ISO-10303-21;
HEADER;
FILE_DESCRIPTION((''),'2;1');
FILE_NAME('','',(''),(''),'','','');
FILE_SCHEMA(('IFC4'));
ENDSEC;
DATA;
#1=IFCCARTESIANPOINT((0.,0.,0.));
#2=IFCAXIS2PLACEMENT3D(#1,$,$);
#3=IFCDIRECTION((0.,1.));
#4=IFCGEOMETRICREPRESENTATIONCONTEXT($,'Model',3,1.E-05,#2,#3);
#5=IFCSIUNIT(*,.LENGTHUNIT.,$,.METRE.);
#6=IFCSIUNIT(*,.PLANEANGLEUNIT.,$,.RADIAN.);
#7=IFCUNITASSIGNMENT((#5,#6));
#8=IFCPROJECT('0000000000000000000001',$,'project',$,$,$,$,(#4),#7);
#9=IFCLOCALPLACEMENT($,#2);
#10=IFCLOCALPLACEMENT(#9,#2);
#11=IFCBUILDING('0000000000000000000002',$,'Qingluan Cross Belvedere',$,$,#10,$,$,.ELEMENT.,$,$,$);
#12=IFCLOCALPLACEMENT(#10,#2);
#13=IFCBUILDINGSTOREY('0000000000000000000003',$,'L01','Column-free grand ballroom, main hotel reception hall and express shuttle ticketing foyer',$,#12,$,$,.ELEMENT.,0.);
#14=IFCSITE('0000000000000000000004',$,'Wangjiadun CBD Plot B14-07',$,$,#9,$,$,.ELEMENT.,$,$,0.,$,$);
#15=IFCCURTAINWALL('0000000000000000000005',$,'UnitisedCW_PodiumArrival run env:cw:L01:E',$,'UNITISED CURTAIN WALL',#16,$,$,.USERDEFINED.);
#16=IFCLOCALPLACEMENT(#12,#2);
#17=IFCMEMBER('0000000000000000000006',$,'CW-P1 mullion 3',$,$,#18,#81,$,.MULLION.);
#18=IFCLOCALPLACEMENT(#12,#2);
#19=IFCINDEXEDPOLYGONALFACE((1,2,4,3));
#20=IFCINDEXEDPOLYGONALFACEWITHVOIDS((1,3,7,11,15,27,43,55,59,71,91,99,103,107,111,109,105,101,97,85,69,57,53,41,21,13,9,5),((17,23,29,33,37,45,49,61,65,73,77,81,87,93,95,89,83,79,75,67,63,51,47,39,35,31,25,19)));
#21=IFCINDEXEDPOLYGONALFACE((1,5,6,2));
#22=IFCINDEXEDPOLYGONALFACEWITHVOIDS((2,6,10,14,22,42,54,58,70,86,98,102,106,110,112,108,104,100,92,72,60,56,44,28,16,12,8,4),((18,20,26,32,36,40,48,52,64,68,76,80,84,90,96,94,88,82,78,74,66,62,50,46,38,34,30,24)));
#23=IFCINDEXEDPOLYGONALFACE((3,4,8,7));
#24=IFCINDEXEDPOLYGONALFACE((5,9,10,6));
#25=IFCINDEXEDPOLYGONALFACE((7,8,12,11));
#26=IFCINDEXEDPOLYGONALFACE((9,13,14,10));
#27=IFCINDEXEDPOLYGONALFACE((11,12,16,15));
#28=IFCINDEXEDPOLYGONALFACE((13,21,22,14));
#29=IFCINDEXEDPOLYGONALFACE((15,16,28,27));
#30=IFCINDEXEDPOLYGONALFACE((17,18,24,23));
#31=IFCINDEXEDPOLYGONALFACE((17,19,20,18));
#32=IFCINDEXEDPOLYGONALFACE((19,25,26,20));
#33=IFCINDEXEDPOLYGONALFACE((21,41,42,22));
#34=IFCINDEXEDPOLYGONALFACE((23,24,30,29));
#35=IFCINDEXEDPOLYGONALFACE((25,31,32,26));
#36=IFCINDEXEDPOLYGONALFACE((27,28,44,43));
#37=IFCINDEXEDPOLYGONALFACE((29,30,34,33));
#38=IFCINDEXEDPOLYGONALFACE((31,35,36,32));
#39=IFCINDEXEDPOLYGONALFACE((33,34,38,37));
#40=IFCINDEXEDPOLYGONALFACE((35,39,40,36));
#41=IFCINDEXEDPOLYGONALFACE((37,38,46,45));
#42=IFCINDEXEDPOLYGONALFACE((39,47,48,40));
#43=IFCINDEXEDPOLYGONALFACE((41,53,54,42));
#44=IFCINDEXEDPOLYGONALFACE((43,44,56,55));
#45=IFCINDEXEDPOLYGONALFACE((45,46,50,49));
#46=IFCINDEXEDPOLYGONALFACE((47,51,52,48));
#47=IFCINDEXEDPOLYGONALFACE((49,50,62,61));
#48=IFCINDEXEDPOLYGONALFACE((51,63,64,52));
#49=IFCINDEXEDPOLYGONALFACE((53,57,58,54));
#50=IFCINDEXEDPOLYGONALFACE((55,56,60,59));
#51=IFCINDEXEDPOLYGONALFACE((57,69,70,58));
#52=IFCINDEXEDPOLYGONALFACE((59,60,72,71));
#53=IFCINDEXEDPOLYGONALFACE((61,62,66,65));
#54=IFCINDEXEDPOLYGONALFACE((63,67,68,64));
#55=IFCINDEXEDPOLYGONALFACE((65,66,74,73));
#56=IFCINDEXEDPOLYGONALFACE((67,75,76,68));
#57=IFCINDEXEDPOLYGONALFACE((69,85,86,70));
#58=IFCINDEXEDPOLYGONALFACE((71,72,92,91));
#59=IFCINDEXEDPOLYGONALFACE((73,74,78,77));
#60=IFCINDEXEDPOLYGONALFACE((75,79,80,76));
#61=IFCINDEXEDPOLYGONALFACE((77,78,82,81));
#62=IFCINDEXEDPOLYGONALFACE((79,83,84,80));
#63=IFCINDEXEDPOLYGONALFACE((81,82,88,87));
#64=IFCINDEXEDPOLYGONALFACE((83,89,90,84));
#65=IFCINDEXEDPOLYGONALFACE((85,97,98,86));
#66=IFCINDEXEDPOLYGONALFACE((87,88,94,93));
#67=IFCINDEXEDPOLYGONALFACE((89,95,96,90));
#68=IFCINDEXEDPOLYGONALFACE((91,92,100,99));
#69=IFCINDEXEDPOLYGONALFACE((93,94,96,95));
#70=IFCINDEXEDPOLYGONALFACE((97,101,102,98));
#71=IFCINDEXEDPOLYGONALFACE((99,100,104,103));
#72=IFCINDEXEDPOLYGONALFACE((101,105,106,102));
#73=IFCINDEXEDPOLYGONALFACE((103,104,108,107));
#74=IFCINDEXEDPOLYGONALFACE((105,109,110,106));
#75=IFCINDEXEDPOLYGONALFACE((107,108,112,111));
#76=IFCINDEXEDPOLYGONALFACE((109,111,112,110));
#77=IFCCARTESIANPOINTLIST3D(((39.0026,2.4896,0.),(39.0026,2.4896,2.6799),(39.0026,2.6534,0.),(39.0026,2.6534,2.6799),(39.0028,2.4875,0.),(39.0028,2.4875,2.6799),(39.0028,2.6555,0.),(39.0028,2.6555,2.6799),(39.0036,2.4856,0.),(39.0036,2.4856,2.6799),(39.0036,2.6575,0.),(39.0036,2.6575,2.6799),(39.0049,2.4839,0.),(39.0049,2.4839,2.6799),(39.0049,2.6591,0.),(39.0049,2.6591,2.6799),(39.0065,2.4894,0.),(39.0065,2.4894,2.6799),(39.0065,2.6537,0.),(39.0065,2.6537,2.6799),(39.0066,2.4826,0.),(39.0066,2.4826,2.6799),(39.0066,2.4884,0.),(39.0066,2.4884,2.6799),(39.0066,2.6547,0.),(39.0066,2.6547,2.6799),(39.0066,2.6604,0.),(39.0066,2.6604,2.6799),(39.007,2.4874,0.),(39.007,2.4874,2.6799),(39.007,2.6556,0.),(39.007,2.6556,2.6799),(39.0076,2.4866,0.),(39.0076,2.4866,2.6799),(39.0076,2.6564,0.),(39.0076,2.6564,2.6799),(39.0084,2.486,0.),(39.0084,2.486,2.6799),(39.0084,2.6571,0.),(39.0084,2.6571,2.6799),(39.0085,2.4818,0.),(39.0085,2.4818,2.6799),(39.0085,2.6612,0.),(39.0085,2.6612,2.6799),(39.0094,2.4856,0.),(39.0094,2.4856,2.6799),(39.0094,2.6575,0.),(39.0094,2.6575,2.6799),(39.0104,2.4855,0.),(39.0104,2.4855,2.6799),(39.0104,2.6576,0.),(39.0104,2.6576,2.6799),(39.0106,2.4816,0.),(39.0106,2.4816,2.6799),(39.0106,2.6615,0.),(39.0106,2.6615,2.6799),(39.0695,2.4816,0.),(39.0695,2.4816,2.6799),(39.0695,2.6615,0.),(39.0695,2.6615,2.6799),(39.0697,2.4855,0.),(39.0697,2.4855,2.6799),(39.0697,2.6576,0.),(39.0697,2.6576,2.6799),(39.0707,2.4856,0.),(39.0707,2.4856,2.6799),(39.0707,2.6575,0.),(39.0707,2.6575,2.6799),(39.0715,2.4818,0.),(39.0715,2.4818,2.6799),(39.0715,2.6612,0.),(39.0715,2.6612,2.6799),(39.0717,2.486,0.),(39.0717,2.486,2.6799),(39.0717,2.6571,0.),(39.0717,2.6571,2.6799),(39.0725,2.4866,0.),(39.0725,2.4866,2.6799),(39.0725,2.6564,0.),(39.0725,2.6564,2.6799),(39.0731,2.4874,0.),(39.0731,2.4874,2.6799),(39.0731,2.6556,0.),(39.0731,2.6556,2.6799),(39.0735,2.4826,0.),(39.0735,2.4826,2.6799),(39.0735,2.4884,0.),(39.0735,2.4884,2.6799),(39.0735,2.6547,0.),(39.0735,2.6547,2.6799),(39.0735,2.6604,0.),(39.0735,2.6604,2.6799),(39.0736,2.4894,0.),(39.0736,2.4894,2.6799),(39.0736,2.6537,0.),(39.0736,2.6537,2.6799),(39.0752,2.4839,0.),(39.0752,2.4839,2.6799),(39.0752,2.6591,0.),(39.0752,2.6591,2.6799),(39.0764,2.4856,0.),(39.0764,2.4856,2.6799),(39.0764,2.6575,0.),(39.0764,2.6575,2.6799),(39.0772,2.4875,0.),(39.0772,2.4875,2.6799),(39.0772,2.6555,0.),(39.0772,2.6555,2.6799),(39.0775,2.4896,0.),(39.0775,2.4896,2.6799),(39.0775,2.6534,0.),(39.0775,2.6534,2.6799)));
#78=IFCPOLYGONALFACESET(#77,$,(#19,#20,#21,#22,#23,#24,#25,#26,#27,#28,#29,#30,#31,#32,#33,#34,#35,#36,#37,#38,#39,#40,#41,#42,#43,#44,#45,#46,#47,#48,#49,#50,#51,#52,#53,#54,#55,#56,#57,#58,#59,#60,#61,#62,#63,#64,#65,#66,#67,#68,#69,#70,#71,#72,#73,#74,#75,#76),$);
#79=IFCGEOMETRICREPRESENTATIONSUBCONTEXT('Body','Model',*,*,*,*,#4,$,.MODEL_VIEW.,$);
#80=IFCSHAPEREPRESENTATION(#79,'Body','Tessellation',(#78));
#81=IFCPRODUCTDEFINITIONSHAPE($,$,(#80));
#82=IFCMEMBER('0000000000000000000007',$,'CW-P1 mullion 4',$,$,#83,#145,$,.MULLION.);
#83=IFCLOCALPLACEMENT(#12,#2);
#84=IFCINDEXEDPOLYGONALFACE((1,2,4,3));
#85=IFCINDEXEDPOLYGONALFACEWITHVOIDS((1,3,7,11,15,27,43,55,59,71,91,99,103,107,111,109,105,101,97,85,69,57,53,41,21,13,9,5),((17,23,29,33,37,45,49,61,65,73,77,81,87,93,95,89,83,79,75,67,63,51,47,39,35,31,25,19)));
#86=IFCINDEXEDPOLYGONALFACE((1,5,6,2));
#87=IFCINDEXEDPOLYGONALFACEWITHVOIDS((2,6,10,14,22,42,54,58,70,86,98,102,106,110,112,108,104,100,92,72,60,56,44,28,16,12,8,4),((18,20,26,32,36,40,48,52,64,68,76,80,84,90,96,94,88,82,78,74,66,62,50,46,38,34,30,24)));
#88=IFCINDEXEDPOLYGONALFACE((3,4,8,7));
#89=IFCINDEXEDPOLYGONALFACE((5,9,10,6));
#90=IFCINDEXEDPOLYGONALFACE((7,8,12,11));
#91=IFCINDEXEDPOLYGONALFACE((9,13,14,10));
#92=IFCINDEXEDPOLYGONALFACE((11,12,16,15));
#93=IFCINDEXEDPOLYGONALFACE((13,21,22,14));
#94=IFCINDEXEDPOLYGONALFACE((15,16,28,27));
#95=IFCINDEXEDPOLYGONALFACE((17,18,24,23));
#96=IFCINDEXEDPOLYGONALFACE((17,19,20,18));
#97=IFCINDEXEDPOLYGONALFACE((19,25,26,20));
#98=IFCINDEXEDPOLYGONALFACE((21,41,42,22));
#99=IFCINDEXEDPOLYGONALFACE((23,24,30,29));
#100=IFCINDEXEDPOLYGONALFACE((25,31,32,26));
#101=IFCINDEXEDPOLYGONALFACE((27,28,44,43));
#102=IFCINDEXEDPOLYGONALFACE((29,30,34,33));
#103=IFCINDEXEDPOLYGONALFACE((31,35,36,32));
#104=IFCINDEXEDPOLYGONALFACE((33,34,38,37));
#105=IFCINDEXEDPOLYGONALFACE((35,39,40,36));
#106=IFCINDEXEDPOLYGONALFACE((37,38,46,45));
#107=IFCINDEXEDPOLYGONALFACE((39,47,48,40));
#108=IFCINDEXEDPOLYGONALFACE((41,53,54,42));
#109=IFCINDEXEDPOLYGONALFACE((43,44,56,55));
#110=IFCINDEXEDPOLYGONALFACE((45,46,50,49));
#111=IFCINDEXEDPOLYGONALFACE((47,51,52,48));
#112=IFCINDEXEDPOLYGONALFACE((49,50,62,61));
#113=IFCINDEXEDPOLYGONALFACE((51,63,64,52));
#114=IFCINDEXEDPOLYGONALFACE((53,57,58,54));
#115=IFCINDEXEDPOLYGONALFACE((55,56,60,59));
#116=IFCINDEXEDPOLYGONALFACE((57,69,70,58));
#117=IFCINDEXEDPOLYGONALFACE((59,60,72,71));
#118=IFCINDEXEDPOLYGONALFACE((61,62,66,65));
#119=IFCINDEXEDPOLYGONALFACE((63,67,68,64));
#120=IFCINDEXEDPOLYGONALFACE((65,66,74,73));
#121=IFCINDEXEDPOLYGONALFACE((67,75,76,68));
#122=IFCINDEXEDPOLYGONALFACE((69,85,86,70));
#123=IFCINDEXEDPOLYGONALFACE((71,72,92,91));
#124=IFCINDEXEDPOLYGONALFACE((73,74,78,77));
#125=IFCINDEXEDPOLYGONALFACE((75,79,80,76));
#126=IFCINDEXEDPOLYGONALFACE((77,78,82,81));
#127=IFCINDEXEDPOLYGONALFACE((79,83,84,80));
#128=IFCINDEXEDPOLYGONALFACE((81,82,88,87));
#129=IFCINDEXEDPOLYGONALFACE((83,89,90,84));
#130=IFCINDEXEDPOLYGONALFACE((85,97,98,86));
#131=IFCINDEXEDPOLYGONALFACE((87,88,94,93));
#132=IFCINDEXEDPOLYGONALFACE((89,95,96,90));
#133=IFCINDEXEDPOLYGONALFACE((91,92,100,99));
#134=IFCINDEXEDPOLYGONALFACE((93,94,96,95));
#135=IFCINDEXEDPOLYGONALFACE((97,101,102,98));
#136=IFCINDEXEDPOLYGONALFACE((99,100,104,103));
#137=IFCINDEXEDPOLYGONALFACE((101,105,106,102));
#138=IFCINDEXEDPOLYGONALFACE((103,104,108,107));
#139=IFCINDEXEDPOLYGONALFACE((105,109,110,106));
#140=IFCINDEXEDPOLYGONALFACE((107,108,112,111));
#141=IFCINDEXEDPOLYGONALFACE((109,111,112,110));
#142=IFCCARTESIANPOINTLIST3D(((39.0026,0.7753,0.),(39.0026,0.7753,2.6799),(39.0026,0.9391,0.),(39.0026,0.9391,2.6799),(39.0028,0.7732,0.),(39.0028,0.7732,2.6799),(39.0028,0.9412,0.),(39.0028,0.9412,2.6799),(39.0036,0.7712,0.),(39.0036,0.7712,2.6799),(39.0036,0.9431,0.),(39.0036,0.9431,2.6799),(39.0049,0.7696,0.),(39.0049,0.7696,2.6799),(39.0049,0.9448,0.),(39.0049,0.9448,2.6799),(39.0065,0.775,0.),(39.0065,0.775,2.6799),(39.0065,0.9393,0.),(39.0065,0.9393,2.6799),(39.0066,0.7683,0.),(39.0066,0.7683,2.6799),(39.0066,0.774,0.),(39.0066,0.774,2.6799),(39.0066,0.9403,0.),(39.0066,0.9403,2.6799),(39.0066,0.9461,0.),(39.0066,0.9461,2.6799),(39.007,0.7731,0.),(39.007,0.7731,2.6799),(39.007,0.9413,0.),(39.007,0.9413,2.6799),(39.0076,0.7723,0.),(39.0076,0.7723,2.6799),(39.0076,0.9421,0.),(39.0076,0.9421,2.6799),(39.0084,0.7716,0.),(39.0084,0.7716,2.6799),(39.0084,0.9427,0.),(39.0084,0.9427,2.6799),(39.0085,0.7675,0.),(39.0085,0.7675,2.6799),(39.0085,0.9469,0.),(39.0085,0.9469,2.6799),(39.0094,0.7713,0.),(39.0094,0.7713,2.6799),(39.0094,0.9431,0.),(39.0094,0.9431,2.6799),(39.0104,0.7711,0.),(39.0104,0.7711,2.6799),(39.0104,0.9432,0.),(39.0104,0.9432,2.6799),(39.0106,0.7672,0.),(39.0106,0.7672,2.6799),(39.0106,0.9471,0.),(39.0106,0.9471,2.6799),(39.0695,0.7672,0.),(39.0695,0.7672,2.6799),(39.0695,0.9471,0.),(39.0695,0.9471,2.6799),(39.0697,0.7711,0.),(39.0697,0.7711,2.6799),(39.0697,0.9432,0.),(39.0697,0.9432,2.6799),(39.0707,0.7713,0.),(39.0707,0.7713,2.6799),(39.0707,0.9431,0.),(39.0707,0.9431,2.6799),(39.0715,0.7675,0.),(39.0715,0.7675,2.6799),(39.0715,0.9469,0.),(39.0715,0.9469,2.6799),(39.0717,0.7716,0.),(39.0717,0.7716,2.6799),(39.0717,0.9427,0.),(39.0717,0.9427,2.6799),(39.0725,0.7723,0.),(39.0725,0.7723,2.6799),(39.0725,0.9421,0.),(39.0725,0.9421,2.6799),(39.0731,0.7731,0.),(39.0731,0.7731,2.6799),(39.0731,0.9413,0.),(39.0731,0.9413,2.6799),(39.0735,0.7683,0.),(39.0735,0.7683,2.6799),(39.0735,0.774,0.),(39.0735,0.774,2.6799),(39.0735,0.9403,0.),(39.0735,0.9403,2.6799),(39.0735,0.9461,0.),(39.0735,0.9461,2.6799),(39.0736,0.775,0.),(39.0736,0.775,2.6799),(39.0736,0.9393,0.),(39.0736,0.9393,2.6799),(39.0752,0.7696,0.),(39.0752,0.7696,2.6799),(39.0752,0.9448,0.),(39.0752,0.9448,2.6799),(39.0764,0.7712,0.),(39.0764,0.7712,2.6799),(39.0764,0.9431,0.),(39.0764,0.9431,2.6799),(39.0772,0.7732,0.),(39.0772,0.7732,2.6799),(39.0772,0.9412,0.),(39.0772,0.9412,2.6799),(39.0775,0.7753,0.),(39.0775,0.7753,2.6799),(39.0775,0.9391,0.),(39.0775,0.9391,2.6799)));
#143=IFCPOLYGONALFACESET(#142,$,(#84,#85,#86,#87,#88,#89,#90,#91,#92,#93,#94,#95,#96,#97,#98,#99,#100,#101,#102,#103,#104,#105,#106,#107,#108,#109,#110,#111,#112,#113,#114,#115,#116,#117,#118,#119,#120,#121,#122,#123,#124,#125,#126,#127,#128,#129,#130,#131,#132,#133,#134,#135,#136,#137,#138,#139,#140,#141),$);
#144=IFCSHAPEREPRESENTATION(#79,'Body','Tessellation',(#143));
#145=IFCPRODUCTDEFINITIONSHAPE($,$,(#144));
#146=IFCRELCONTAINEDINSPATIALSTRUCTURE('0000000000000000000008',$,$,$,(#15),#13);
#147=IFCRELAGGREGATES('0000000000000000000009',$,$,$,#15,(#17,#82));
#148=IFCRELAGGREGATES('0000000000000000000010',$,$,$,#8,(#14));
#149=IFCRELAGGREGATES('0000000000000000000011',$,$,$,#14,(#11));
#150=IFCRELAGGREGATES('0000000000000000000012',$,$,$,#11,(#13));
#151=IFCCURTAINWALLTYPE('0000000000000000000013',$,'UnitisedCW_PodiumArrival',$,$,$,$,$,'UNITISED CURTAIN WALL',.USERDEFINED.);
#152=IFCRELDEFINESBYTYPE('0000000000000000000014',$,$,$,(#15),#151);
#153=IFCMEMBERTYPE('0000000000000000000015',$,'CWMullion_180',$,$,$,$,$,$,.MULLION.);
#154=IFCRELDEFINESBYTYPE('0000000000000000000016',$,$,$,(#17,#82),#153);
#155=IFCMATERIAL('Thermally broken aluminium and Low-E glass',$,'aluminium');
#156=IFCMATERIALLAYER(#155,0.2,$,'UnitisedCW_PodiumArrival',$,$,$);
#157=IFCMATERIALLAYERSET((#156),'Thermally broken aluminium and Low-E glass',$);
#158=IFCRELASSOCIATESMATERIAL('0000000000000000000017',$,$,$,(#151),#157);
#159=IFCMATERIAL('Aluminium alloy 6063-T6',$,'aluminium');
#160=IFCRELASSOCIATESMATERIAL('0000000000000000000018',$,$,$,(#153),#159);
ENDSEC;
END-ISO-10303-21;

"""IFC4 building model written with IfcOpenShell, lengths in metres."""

from ifc_helpers import new_model, si_unit, direction, frame, origin, origin_2d, place, context, subcontext, project, spatial, hollow_rectangle, extrude, material, layer, layer_set, material_profile, profile_set, type_object, element, aggregate, save


model = new_model("IFC4")

# Units and contexts
model_context = context("Model", 3, precision=1e-05, world=origin(), true_north=direction((0.0, 1.0)))
body_context = subcontext(model_context, "Body", "Model", "MODEL_VIEW")
ifc_project = project(units=[si_unit("LENGTHUNIT", "METRE"), si_unit("PLANEANGLEUNIT", "RADIAN")], contexts=[model_context])

# Site, building, storey
site_placement = place(None, origin())
site = spatial("IfcSite", under=ifc_project, at=site_placement, Name="Wangjiadun CBD Plot B14-07", CompositionType="ELEMENT", RefElevation=0.0)
building_placement = place(site_placement, origin())
building = spatial("IfcBuilding", under=site, at=building_placement, Name="Qingluan Cross Belvedere", CompositionType="ELEMENT")
storey_placement = place(building_placement, origin())
storey = spatial("IfcBuildingStorey", under=building, at=storey_placement, Name="L01", Description="Column-free grand ballroom, main hotel reception hall and express shuttle ticketing foyer", CompositionType="ELEMENT", Elevation=0.0)

# Curtain wall, members
ifc_material_1 = material(Name="Thermally broken aluminium and Low-E glass", Category="aluminium")
ifc_layer_1 = layer(ifc_material_1, 0.2, Name="UnitisedCW_PodiumArrival")
ifc_layer_set_1 = layer_set([ifc_layer_1], Name="Thermally broken aluminium and Low-E glass")
curtain_wall_type = type_object("IfcCurtainWallType", Name="UnitisedCW_PodiumArrival", ElementType="UNITISED CURTAIN WALL", PredefinedType="USERDEFINED", material=ifc_layer_set_1)
curtain_wall_placement = place(storey_placement, origin())
curtain_wall = element("IfcCurtainWall", 1, at=curtain_wall_placement, inside=storey, type_object=curtain_wall_type, Name="UnitisedCW_PodiumArrival run env:cw:L01:E", ObjectType="UNITISED CURTAIN WALL", PredefinedType="USERDEFINED")
ifc_material_2 = material(Name="Aluminium alloy 6063-T6", Category="aluminium")
ifc_material_profile_1 = material_profile(ifc_material_2, hollow_rectangle(XDim=0.075, YDim=0.1799, WallThickness=0.0039, InnerFilletRadius=0.0039, OuterFilletRadius=0.0081, at=origin_2d()), Name="CWM180x75x4")
ifc_profile_set_1 = profile_set([ifc_material_profile_1], Name="Aluminium alloy 6063-T6")
member_type_1 = type_object("IfcMemberType", Name="CWMullion_180", PredefinedType="MULLION", material=ifc_profile_set_1)
member_1_placement = place(storey_placement, frame((39.04, 2.5715, 0.0), z_axis=(0.0, 0.0, 1.0), x_axis=(1.0, 0.0, 0.0)))
member_1 = element("IfcMember", 2, at=member_1_placement, type_object=member_type_1, Name="CW-P1 mullion 3", PredefinedType="MULLION", context=body_context, shape_type="SweptSolid", body=[
    extrude(hollow_rectangle(XDim=0.075, YDim=0.1799, WallThickness=0.0039, InnerFilletRadius=0.0039, OuterFilletRadius=0.0081, at=origin_2d()), origin(), (0.0, 0.0, 1.0), 2.6799),
])
member_2_placement = place(storey_placement, frame((39.04, 0.8572, 0.0), z_axis=(0.0, 0.0, 1.0), x_axis=(1.0, 0.0, 0.0)))
member_2 = element("IfcMember", 3, at=member_2_placement, type_object=member_type_1, Name="CW-P1 mullion 4", PredefinedType="MULLION", context=body_context, shape_type="SweptSolid", body=[
    extrude(hollow_rectangle(XDim=0.075, YDim=0.1799, WallThickness=0.0039, InnerFilletRadius=0.0039, OuterFilletRadius=0.0081, at=origin_2d()), origin(), (0.0, 0.0, 1.0), 2.6799),
])
aggregate(curtain_wall, [member_1, member_2])

save(model, "model.ifc")
